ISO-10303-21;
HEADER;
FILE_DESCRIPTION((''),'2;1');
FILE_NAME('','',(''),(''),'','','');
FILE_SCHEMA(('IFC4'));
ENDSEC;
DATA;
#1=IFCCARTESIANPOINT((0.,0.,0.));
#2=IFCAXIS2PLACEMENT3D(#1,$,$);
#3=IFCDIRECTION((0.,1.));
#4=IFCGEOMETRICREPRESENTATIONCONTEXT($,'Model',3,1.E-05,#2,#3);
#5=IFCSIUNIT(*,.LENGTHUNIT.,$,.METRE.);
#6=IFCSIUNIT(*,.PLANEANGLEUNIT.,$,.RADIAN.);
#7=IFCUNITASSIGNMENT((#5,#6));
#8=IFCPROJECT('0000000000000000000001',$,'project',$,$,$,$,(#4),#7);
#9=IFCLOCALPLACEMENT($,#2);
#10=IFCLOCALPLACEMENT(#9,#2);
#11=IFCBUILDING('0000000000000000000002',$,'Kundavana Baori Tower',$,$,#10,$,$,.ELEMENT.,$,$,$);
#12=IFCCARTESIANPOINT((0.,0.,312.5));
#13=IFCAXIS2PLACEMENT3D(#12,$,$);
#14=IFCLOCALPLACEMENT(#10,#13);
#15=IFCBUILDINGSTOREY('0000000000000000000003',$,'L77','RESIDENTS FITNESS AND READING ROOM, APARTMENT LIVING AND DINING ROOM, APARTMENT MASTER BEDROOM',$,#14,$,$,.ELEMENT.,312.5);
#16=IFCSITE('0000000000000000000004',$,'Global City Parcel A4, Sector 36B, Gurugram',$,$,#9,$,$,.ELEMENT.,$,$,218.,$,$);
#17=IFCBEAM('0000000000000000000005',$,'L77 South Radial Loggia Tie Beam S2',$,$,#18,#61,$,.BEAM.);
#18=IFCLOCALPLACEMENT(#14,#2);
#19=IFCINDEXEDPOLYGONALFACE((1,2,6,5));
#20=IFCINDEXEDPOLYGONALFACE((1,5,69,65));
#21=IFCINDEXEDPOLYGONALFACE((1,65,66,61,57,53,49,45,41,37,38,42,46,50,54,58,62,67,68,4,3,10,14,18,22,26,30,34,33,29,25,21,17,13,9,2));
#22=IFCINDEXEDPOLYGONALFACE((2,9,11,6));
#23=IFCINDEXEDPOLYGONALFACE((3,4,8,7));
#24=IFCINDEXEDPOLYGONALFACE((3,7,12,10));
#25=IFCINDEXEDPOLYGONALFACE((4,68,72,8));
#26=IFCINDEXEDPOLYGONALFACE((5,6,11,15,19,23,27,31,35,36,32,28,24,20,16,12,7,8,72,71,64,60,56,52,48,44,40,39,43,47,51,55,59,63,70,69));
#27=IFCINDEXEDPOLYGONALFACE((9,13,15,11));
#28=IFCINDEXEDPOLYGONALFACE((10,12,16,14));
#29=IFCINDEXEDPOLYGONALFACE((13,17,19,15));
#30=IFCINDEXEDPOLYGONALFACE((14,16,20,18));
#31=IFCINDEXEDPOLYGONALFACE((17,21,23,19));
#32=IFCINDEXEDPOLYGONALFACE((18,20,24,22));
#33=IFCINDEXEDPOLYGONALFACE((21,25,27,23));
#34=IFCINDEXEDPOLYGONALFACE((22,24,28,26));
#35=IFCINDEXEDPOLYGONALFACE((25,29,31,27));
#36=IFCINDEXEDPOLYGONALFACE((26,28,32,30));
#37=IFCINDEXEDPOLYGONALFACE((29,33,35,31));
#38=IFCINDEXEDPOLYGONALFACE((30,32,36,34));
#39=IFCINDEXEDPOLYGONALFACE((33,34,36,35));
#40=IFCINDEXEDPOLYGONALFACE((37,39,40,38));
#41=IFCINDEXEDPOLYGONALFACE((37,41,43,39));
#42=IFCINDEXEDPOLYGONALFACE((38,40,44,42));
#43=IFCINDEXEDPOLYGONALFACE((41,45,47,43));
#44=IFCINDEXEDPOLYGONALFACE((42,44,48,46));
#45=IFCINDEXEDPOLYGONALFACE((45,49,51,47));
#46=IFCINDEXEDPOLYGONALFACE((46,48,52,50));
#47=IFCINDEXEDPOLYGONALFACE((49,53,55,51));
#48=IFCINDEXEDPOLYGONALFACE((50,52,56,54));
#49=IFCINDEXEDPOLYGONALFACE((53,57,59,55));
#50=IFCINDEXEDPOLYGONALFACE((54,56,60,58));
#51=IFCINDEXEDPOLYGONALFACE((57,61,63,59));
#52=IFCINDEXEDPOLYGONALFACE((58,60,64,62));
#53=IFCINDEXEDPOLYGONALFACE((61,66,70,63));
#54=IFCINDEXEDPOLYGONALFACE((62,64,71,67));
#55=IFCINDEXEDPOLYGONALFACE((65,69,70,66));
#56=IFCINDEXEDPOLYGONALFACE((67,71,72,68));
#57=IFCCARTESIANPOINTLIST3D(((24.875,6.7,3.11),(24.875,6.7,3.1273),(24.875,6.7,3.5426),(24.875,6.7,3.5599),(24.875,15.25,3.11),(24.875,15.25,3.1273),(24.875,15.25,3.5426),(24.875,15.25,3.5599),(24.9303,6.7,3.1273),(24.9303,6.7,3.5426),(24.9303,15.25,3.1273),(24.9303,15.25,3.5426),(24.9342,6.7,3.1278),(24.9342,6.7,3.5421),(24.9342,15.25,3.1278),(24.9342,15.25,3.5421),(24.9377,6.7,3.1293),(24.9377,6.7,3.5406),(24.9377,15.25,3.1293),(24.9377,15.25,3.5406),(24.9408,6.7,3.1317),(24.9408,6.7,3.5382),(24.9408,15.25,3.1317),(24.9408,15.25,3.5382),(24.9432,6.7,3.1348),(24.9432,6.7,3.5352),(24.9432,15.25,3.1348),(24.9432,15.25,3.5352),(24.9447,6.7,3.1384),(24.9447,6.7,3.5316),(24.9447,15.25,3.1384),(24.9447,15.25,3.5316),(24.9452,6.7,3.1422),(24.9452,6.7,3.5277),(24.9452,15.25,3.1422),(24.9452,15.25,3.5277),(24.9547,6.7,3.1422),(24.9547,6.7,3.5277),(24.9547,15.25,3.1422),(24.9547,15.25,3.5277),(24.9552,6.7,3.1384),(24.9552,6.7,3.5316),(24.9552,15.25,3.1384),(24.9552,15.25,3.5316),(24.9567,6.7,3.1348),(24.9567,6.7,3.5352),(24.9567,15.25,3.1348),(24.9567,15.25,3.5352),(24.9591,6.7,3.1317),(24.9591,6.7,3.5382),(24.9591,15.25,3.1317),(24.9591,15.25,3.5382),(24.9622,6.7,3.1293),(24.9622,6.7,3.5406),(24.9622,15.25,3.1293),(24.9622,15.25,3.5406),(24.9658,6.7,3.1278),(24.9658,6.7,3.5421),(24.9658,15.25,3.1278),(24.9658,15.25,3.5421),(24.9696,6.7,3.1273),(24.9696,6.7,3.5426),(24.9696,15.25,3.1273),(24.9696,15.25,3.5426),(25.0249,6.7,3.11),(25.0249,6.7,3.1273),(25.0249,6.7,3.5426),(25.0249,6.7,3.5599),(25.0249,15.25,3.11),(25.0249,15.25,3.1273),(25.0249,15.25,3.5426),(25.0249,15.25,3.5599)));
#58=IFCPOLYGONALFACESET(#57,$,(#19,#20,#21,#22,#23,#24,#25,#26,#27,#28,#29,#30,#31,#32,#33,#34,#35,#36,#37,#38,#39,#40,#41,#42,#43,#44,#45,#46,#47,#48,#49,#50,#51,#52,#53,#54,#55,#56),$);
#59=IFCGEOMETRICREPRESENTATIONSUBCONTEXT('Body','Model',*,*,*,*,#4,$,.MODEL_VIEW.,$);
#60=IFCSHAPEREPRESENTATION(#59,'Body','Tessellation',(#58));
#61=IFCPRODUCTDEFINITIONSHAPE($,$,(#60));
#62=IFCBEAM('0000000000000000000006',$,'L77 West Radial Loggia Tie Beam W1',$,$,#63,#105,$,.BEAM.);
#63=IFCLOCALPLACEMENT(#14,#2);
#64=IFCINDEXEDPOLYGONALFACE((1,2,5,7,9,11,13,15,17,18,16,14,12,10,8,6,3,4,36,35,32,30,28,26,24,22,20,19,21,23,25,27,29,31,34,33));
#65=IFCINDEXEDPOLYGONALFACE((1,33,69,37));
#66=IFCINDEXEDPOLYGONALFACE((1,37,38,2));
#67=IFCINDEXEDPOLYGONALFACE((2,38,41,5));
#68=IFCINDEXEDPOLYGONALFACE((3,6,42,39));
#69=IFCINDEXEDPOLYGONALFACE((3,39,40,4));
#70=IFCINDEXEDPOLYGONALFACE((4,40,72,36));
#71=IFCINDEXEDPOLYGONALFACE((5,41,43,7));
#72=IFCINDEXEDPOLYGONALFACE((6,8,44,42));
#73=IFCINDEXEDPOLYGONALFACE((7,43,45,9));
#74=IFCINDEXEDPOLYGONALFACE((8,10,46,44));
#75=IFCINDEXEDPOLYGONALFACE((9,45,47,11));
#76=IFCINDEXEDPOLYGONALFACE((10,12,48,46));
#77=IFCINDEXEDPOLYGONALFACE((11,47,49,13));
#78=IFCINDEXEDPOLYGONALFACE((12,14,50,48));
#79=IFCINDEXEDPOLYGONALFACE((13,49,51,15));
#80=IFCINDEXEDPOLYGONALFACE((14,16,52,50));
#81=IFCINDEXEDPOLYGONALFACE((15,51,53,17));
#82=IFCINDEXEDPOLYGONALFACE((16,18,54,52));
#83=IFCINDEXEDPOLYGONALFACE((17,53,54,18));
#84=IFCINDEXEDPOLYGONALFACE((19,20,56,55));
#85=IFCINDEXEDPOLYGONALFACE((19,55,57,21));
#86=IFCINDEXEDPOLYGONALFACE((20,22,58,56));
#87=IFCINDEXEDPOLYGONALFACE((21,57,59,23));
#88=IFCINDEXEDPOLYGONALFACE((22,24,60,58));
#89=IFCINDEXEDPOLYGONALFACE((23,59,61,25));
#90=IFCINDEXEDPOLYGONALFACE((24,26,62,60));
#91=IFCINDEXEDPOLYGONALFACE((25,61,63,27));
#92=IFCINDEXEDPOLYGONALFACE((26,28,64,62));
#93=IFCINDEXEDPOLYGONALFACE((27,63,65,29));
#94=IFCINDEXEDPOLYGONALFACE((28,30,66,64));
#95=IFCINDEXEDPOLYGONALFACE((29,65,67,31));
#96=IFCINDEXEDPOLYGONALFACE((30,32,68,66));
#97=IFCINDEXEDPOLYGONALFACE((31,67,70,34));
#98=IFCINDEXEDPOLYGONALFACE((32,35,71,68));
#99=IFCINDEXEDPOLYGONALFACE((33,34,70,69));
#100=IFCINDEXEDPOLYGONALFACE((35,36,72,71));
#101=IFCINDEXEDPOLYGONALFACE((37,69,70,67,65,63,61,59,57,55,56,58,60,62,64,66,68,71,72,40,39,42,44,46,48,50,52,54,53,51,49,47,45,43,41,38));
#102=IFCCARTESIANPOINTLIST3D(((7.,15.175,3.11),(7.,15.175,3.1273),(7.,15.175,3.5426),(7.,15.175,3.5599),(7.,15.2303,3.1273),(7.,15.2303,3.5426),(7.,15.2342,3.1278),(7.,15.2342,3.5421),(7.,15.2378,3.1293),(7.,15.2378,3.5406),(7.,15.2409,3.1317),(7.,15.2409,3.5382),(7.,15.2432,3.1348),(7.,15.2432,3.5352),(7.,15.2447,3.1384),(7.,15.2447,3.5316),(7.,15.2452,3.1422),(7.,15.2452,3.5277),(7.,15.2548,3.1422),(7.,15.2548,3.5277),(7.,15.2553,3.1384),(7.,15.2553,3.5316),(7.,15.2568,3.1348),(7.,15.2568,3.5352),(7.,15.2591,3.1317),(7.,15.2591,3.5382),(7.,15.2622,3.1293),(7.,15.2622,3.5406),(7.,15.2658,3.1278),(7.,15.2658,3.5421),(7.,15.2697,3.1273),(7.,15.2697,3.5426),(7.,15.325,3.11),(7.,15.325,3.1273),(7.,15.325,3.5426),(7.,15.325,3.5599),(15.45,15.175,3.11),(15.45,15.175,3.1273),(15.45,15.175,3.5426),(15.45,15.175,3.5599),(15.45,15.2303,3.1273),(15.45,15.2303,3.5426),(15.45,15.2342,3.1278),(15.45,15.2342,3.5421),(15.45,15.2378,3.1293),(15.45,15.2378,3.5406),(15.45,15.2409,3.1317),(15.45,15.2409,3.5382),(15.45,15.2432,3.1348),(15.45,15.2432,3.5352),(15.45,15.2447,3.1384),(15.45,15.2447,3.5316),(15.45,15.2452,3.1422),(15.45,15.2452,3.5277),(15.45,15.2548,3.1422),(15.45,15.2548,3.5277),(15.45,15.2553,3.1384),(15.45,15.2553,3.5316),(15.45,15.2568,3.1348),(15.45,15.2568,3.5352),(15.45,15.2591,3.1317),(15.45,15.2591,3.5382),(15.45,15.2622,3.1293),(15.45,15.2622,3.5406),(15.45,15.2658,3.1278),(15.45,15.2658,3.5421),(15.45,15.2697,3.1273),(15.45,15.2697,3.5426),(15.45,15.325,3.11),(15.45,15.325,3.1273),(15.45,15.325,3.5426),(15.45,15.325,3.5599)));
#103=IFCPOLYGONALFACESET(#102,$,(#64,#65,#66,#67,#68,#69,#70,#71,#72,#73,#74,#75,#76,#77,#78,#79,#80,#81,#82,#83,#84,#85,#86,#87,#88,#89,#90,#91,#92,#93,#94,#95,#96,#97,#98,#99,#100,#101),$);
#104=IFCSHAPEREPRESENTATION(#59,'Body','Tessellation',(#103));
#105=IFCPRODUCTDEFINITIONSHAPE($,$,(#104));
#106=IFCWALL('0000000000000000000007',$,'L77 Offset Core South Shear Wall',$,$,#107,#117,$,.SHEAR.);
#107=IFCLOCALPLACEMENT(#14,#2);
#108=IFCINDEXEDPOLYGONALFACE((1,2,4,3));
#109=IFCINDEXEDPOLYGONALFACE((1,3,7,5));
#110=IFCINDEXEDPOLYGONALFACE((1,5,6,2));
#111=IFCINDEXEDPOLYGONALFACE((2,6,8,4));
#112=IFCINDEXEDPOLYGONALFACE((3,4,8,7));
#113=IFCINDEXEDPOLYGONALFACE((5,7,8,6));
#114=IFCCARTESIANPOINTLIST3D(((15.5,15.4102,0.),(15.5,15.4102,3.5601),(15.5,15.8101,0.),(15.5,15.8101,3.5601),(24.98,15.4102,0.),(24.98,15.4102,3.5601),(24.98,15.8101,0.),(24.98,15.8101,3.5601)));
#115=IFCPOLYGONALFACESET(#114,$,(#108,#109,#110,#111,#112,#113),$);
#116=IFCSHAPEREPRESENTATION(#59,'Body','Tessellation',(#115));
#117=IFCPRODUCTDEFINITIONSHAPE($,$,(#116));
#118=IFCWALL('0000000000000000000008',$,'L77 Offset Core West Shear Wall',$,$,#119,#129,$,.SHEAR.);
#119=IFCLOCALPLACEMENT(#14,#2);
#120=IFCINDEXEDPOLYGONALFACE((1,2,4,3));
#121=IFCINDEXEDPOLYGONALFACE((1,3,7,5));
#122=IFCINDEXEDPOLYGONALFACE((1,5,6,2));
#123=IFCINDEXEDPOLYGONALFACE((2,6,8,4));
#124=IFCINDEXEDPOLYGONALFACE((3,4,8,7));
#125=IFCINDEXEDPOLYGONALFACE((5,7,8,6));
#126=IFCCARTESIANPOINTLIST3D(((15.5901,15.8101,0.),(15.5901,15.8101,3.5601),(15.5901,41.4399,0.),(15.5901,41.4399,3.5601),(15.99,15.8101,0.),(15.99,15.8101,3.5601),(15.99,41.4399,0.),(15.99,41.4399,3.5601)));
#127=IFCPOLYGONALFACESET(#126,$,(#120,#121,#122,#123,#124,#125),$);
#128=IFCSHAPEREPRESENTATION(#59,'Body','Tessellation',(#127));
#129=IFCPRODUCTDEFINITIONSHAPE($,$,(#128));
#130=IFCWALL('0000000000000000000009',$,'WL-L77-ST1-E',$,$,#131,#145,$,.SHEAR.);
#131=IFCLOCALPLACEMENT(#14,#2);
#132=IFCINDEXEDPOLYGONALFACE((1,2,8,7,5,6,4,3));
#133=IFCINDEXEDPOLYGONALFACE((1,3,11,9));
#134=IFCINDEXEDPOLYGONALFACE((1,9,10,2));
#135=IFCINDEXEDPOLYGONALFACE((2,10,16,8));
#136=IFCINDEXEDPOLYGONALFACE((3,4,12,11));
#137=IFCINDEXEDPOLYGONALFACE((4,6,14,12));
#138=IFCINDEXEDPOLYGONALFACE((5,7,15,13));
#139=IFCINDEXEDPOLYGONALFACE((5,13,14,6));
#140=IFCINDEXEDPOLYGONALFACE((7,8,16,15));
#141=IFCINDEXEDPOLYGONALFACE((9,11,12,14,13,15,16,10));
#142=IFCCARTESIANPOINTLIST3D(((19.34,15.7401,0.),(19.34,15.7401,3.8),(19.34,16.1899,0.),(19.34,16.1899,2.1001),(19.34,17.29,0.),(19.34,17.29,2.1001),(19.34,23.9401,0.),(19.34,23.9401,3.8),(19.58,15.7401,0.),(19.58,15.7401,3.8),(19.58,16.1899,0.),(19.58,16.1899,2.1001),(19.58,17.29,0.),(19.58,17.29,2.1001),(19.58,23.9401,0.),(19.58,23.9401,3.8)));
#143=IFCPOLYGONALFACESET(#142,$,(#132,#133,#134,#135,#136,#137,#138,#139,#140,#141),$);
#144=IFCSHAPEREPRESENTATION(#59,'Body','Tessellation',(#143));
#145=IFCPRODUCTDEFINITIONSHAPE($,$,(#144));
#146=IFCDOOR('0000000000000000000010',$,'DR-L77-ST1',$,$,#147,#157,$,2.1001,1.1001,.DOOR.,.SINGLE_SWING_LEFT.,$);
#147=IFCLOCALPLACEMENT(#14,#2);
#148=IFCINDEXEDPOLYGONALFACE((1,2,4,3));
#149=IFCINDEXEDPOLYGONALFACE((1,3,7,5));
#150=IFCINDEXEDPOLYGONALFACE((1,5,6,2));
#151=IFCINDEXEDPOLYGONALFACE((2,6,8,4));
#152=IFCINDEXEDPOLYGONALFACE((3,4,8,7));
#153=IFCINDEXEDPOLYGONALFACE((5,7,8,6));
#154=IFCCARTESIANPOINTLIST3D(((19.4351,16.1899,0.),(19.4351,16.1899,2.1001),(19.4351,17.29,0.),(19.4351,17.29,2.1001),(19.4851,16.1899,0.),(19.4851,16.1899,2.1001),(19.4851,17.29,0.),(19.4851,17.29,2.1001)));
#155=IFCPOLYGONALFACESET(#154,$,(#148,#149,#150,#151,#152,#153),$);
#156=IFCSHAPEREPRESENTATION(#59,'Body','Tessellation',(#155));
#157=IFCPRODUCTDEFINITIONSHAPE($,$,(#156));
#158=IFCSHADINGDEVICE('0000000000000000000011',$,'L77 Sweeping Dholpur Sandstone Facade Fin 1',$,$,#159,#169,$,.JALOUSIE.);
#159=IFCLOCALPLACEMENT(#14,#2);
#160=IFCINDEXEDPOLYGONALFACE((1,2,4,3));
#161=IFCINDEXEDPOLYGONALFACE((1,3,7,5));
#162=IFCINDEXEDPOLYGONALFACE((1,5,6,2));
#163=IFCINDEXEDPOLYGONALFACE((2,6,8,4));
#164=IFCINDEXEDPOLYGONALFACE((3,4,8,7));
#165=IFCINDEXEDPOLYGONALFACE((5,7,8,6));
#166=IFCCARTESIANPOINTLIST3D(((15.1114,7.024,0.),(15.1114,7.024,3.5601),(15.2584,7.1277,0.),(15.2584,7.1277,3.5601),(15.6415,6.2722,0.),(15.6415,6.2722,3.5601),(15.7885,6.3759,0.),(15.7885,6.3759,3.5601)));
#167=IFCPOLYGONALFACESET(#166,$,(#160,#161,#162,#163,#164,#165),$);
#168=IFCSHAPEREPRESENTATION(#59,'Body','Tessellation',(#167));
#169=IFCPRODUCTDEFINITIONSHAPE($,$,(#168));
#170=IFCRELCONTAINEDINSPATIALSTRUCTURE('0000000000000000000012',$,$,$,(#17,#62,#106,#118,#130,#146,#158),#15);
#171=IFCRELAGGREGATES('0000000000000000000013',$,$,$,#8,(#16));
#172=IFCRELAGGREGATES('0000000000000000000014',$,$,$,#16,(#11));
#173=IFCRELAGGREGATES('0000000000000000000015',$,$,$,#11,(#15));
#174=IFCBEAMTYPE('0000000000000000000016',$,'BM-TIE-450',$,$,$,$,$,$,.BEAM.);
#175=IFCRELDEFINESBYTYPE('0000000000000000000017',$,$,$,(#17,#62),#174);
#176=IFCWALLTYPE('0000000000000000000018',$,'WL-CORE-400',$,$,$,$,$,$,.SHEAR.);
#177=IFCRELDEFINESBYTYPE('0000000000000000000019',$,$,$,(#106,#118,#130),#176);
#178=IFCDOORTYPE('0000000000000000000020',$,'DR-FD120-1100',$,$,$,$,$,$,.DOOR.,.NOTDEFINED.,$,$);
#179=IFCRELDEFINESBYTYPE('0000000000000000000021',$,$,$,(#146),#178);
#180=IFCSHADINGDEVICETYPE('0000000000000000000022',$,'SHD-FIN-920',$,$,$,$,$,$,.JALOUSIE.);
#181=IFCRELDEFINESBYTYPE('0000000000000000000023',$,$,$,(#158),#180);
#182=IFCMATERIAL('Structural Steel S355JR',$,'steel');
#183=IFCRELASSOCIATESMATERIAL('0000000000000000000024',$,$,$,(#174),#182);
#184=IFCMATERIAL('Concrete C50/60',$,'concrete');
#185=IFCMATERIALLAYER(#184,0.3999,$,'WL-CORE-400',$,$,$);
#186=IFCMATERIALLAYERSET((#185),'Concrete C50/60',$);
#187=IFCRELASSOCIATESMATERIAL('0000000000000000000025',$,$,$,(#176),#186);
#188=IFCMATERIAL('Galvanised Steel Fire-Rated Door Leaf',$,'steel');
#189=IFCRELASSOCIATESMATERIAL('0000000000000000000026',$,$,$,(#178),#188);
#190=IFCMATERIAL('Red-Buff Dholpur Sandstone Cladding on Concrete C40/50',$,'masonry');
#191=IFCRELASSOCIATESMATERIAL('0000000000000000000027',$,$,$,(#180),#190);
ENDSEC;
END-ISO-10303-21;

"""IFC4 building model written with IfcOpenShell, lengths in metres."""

from ifc_helpers import new_model, si_unit, direction, frame, frame_2d, origin, origin_2d, place, context, subcontext, project, spatial, rectangle, i_section, extrude, material, layer, layer_set, material_profile, profile_set, type_object, element, fill, save


model = new_model("IFC4")

# Units and contexts
model_context = context("Model", 3, precision=1e-05, world=origin(), true_north=direction((0.0, 1.0)))
body_context = subcontext(model_context, "Body", "Model", "MODEL_VIEW")
ifc_project = project(units=[si_unit("LENGTHUNIT", "METRE"), si_unit("PLANEANGLEUNIT", "RADIAN")], contexts=[model_context])

# Site, building, storey
site_placement = place(None, origin())
site = spatial("IfcSite", under=ifc_project, at=site_placement, Name="Global City Parcel A4, Sector 36B, Gurugram", CompositionType="ELEMENT", RefElevation=218.0)
building_placement = place(site_placement, origin())
building = spatial("IfcBuilding", under=site, at=building_placement, Name="Kundavana Baori Tower", CompositionType="ELEMENT")
storey_placement = place(building_placement, frame((0.0, 0.0, 312.5)))
storey = spatial("IfcBuildingStorey", under=building, at=storey_placement, Name="L77", Description="RESIDENTS FITNESS AND READING ROOM, APARTMENT LIVING AND DINING ROOM, APARTMENT MASTER BEDROOM", CompositionType="ELEMENT", Elevation=312.5)

# Beams
ifc_material_1 = material(Name="Structural Steel S355JR", Category="steel")
ifc_material_profile_1 = material_profile(ifc_material_1, i_section(OverallWidth=0.1499, OverallDepth=0.45, WebThickness=0.0095, FlangeThickness=0.0173, FilletRadius=0.0149, at=origin_2d()), Name="ISMB 450")
ifc_profile_set_1 = profile_set([ifc_material_profile_1], Name="Structural Steel S355JR")
beam_type_1 = type_object("IfcBeamType", Name="BM-TIE-450", PredefinedType="BEAM", material=ifc_profile_set_1)
for number, where, z_axis, x_axis, name in (
    (1, (24.95, 15.25, 3.335), (0.0, -1.0, 0.0), (1.0, 0.0, 0.0), "L77 South Radial Loggia Tie Beam S2"),
):
    element("IfcBeam", number, at=place(storey_placement, frame(where, z_axis=z_axis, x_axis=x_axis)), inside=storey, type_object=beam_type_1, Name=name, PredefinedType="BEAM", context=body_context, shape_type="SweptSolid", body=[
        extrude(i_section(OverallWidth=0.1499, OverallDepth=0.45, WebThickness=0.0095, FlangeThickness=0.0173, FilletRadius=0.0149, at=origin_2d()), origin(), (0.0, 0.0, 1.0), 8.55),
    ])
beam_1_placement = place(storey_placement, frame((15.45, 15.25, 3.335), z_axis=(-1.0, 0.0, 0.0), x_axis=(0.0, -1.0, 0.0)))
element("IfcBeam", 2, at=beam_1_placement, inside=storey, type_object=beam_type_1, Name="L77 West Radial Loggia Tie Beam W1", PredefinedType="BEAM", context=body_context, shape_type="SweptSolid", body=[
    extrude(i_section(OverallWidth=0.1499, OverallDepth=0.45, WebThickness=0.0095, FlangeThickness=0.0173, FilletRadius=0.0149, at=origin_2d()), origin(), (0.0, 0.0, 1.0), 8.45),
])

# Walls
ifc_material_2 = material(Name="Concrete C50/60", Category="concrete")
ifc_layer = layer(ifc_material_2, 0.3999, Name="WL-CORE-400")
ifc_layer_set = layer_set([ifc_layer], Name="Concrete C50/60")
wall_type = type_object("IfcWallType", Name="WL-CORE-400", PredefinedType="SHEAR", material=ifc_layer_set)
wall_1_placement = place(storey_placement, frame((15.5, 15.6101, 0.0), z_axis=(0.0, 0.0, 1.0), x_axis=(1.0, 0.0, 0.0)))
element("IfcWall", 3, at=wall_1_placement, inside=storey, type_object=wall_type, Name="L77 Offset Core South Shear Wall", PredefinedType="SHEAR", context=body_context, shape_type="SweptSolid", body=[
    extrude(rectangle(XDim=9.48, YDim=0.3999, at=frame_2d((4.74, 0.0))), origin(), (0.0, 0.0, 1.0), 3.5601),
])
wall_2_placement = place(storey_placement, frame((15.79, 15.8101, 0.0), z_axis=(0.0, 0.0, 1.0), x_axis=(0.0, 1.0, 0.0)))
element("IfcWall", 4, at=wall_2_placement, inside=storey, type_object=wall_type, Name="L77 Offset Core West Shear Wall", PredefinedType="SHEAR", context=body_context, shape_type="SweptSolid", body=[
    extrude(rectangle(XDim=25.6299, YDim=0.3999, at=frame_2d((12.8149, 0.0))), origin(), (0.0, 0.0, 1.0), 3.5601),
])

# Wall, opening, door
wall_3_placement = place(storey_placement, frame((19.46, 15.74, 0.0), z_axis=(0.0, 0.0, 1.0), x_axis=(0.0, 1.0, 0.0)))
wall_3 = element("IfcWall", 5, at=wall_3_placement, inside=storey, type_object=wall_type, Name="WL-L77-ST1-E", PredefinedType="SHEAR", context=body_context, shape_type="SweptSolid", body=[
    extrude(rectangle(XDim=8.2, YDim=0.24, at=frame_2d((4.1001, 0.0))), origin(), (0.0, 0.0, 1.0), 3.8),
])
opening_1_placement = place(wall_3_placement, frame((0.45, 0.0, 0.0)))
opening_1 = element("IfcOpeningElement", 6, at=opening_1_placement, cuts=wall_3, PredefinedType="OPENING", context=body_context, shape_type="SweptSolid", body=[
    extrude(rectangle(XDim=1.1001, YDim=2.1001, at=frame_2d((0.55, 1.05))), frame((0.0, 0.1299, 0.0), z_axis=(0.0, -1.0, 0.0), x_axis=(1.0, 0.0, 0.0)), (0.0, 0.0, 1.0), 0.26),
])
ifc_material_3 = material(Name="Galvanised Steel Fire-Rated Door Leaf", Category="steel")
door_type_1 = type_object("IfcDoorType", Name="DR-FD120-1100", OperationType="NOTDEFINED", PredefinedType="DOOR", material=ifc_material_3)
door_1_placement = place(opening_1_placement, origin())
door_1 = element("IfcDoor", 7, at=door_1_placement, inside=storey, type_object=door_type_1, Name="DR-L77-ST1", OperationType="SINGLE_SWING_LEFT", OverallHeight=2.1001, OverallWidth=1.1001, PredefinedType="DOOR", context=body_context, shape_type="SweptSolid", body=[
    extrude(rectangle(XDim=1.1001, YDim=2.1001, at=frame_2d((0.55, 1.05))), frame((0.0, 0.0249, 0.0), z_axis=(0.0, -1.0, 0.0), x_axis=(1.0, 0.0, 0.0)), (0.0, 0.0, 1.0), 0.05),
])
fill(opening_1, door_1)

# Shading device
ifc_material_4 = material(Name="Red-Buff Dholpur Sandstone Cladding on Concrete C40/50", Category="masonry")
shading_device_type = type_object("IfcShadingDeviceType", Name="SHD-FIN-920", PredefinedType="JALOUSIE", material=ifc_material_4)
shading_device_placement = place(storey_placement, frame((15.45, 6.7, 0.0), z_axis=(0.0, 0.0, 1.0), x_axis=(0.817245, 0.57629, 0.0)))
element("IfcShadingDevice", 8, at=shading_device_placement, inside=storey, type_object=shading_device_type, Name="L77 Sweeping Dholpur Sandstone Facade Fin 1", PredefinedType="JALOUSIE", context=body_context, shape_type="SweptSolid", body=[
    extrude(rectangle(XDim=0.1799, YDim=0.9199, at=origin_2d()), origin(), (0.0, 0.0, 1.0), 3.5601),
])

save(model, "model.ifc")
